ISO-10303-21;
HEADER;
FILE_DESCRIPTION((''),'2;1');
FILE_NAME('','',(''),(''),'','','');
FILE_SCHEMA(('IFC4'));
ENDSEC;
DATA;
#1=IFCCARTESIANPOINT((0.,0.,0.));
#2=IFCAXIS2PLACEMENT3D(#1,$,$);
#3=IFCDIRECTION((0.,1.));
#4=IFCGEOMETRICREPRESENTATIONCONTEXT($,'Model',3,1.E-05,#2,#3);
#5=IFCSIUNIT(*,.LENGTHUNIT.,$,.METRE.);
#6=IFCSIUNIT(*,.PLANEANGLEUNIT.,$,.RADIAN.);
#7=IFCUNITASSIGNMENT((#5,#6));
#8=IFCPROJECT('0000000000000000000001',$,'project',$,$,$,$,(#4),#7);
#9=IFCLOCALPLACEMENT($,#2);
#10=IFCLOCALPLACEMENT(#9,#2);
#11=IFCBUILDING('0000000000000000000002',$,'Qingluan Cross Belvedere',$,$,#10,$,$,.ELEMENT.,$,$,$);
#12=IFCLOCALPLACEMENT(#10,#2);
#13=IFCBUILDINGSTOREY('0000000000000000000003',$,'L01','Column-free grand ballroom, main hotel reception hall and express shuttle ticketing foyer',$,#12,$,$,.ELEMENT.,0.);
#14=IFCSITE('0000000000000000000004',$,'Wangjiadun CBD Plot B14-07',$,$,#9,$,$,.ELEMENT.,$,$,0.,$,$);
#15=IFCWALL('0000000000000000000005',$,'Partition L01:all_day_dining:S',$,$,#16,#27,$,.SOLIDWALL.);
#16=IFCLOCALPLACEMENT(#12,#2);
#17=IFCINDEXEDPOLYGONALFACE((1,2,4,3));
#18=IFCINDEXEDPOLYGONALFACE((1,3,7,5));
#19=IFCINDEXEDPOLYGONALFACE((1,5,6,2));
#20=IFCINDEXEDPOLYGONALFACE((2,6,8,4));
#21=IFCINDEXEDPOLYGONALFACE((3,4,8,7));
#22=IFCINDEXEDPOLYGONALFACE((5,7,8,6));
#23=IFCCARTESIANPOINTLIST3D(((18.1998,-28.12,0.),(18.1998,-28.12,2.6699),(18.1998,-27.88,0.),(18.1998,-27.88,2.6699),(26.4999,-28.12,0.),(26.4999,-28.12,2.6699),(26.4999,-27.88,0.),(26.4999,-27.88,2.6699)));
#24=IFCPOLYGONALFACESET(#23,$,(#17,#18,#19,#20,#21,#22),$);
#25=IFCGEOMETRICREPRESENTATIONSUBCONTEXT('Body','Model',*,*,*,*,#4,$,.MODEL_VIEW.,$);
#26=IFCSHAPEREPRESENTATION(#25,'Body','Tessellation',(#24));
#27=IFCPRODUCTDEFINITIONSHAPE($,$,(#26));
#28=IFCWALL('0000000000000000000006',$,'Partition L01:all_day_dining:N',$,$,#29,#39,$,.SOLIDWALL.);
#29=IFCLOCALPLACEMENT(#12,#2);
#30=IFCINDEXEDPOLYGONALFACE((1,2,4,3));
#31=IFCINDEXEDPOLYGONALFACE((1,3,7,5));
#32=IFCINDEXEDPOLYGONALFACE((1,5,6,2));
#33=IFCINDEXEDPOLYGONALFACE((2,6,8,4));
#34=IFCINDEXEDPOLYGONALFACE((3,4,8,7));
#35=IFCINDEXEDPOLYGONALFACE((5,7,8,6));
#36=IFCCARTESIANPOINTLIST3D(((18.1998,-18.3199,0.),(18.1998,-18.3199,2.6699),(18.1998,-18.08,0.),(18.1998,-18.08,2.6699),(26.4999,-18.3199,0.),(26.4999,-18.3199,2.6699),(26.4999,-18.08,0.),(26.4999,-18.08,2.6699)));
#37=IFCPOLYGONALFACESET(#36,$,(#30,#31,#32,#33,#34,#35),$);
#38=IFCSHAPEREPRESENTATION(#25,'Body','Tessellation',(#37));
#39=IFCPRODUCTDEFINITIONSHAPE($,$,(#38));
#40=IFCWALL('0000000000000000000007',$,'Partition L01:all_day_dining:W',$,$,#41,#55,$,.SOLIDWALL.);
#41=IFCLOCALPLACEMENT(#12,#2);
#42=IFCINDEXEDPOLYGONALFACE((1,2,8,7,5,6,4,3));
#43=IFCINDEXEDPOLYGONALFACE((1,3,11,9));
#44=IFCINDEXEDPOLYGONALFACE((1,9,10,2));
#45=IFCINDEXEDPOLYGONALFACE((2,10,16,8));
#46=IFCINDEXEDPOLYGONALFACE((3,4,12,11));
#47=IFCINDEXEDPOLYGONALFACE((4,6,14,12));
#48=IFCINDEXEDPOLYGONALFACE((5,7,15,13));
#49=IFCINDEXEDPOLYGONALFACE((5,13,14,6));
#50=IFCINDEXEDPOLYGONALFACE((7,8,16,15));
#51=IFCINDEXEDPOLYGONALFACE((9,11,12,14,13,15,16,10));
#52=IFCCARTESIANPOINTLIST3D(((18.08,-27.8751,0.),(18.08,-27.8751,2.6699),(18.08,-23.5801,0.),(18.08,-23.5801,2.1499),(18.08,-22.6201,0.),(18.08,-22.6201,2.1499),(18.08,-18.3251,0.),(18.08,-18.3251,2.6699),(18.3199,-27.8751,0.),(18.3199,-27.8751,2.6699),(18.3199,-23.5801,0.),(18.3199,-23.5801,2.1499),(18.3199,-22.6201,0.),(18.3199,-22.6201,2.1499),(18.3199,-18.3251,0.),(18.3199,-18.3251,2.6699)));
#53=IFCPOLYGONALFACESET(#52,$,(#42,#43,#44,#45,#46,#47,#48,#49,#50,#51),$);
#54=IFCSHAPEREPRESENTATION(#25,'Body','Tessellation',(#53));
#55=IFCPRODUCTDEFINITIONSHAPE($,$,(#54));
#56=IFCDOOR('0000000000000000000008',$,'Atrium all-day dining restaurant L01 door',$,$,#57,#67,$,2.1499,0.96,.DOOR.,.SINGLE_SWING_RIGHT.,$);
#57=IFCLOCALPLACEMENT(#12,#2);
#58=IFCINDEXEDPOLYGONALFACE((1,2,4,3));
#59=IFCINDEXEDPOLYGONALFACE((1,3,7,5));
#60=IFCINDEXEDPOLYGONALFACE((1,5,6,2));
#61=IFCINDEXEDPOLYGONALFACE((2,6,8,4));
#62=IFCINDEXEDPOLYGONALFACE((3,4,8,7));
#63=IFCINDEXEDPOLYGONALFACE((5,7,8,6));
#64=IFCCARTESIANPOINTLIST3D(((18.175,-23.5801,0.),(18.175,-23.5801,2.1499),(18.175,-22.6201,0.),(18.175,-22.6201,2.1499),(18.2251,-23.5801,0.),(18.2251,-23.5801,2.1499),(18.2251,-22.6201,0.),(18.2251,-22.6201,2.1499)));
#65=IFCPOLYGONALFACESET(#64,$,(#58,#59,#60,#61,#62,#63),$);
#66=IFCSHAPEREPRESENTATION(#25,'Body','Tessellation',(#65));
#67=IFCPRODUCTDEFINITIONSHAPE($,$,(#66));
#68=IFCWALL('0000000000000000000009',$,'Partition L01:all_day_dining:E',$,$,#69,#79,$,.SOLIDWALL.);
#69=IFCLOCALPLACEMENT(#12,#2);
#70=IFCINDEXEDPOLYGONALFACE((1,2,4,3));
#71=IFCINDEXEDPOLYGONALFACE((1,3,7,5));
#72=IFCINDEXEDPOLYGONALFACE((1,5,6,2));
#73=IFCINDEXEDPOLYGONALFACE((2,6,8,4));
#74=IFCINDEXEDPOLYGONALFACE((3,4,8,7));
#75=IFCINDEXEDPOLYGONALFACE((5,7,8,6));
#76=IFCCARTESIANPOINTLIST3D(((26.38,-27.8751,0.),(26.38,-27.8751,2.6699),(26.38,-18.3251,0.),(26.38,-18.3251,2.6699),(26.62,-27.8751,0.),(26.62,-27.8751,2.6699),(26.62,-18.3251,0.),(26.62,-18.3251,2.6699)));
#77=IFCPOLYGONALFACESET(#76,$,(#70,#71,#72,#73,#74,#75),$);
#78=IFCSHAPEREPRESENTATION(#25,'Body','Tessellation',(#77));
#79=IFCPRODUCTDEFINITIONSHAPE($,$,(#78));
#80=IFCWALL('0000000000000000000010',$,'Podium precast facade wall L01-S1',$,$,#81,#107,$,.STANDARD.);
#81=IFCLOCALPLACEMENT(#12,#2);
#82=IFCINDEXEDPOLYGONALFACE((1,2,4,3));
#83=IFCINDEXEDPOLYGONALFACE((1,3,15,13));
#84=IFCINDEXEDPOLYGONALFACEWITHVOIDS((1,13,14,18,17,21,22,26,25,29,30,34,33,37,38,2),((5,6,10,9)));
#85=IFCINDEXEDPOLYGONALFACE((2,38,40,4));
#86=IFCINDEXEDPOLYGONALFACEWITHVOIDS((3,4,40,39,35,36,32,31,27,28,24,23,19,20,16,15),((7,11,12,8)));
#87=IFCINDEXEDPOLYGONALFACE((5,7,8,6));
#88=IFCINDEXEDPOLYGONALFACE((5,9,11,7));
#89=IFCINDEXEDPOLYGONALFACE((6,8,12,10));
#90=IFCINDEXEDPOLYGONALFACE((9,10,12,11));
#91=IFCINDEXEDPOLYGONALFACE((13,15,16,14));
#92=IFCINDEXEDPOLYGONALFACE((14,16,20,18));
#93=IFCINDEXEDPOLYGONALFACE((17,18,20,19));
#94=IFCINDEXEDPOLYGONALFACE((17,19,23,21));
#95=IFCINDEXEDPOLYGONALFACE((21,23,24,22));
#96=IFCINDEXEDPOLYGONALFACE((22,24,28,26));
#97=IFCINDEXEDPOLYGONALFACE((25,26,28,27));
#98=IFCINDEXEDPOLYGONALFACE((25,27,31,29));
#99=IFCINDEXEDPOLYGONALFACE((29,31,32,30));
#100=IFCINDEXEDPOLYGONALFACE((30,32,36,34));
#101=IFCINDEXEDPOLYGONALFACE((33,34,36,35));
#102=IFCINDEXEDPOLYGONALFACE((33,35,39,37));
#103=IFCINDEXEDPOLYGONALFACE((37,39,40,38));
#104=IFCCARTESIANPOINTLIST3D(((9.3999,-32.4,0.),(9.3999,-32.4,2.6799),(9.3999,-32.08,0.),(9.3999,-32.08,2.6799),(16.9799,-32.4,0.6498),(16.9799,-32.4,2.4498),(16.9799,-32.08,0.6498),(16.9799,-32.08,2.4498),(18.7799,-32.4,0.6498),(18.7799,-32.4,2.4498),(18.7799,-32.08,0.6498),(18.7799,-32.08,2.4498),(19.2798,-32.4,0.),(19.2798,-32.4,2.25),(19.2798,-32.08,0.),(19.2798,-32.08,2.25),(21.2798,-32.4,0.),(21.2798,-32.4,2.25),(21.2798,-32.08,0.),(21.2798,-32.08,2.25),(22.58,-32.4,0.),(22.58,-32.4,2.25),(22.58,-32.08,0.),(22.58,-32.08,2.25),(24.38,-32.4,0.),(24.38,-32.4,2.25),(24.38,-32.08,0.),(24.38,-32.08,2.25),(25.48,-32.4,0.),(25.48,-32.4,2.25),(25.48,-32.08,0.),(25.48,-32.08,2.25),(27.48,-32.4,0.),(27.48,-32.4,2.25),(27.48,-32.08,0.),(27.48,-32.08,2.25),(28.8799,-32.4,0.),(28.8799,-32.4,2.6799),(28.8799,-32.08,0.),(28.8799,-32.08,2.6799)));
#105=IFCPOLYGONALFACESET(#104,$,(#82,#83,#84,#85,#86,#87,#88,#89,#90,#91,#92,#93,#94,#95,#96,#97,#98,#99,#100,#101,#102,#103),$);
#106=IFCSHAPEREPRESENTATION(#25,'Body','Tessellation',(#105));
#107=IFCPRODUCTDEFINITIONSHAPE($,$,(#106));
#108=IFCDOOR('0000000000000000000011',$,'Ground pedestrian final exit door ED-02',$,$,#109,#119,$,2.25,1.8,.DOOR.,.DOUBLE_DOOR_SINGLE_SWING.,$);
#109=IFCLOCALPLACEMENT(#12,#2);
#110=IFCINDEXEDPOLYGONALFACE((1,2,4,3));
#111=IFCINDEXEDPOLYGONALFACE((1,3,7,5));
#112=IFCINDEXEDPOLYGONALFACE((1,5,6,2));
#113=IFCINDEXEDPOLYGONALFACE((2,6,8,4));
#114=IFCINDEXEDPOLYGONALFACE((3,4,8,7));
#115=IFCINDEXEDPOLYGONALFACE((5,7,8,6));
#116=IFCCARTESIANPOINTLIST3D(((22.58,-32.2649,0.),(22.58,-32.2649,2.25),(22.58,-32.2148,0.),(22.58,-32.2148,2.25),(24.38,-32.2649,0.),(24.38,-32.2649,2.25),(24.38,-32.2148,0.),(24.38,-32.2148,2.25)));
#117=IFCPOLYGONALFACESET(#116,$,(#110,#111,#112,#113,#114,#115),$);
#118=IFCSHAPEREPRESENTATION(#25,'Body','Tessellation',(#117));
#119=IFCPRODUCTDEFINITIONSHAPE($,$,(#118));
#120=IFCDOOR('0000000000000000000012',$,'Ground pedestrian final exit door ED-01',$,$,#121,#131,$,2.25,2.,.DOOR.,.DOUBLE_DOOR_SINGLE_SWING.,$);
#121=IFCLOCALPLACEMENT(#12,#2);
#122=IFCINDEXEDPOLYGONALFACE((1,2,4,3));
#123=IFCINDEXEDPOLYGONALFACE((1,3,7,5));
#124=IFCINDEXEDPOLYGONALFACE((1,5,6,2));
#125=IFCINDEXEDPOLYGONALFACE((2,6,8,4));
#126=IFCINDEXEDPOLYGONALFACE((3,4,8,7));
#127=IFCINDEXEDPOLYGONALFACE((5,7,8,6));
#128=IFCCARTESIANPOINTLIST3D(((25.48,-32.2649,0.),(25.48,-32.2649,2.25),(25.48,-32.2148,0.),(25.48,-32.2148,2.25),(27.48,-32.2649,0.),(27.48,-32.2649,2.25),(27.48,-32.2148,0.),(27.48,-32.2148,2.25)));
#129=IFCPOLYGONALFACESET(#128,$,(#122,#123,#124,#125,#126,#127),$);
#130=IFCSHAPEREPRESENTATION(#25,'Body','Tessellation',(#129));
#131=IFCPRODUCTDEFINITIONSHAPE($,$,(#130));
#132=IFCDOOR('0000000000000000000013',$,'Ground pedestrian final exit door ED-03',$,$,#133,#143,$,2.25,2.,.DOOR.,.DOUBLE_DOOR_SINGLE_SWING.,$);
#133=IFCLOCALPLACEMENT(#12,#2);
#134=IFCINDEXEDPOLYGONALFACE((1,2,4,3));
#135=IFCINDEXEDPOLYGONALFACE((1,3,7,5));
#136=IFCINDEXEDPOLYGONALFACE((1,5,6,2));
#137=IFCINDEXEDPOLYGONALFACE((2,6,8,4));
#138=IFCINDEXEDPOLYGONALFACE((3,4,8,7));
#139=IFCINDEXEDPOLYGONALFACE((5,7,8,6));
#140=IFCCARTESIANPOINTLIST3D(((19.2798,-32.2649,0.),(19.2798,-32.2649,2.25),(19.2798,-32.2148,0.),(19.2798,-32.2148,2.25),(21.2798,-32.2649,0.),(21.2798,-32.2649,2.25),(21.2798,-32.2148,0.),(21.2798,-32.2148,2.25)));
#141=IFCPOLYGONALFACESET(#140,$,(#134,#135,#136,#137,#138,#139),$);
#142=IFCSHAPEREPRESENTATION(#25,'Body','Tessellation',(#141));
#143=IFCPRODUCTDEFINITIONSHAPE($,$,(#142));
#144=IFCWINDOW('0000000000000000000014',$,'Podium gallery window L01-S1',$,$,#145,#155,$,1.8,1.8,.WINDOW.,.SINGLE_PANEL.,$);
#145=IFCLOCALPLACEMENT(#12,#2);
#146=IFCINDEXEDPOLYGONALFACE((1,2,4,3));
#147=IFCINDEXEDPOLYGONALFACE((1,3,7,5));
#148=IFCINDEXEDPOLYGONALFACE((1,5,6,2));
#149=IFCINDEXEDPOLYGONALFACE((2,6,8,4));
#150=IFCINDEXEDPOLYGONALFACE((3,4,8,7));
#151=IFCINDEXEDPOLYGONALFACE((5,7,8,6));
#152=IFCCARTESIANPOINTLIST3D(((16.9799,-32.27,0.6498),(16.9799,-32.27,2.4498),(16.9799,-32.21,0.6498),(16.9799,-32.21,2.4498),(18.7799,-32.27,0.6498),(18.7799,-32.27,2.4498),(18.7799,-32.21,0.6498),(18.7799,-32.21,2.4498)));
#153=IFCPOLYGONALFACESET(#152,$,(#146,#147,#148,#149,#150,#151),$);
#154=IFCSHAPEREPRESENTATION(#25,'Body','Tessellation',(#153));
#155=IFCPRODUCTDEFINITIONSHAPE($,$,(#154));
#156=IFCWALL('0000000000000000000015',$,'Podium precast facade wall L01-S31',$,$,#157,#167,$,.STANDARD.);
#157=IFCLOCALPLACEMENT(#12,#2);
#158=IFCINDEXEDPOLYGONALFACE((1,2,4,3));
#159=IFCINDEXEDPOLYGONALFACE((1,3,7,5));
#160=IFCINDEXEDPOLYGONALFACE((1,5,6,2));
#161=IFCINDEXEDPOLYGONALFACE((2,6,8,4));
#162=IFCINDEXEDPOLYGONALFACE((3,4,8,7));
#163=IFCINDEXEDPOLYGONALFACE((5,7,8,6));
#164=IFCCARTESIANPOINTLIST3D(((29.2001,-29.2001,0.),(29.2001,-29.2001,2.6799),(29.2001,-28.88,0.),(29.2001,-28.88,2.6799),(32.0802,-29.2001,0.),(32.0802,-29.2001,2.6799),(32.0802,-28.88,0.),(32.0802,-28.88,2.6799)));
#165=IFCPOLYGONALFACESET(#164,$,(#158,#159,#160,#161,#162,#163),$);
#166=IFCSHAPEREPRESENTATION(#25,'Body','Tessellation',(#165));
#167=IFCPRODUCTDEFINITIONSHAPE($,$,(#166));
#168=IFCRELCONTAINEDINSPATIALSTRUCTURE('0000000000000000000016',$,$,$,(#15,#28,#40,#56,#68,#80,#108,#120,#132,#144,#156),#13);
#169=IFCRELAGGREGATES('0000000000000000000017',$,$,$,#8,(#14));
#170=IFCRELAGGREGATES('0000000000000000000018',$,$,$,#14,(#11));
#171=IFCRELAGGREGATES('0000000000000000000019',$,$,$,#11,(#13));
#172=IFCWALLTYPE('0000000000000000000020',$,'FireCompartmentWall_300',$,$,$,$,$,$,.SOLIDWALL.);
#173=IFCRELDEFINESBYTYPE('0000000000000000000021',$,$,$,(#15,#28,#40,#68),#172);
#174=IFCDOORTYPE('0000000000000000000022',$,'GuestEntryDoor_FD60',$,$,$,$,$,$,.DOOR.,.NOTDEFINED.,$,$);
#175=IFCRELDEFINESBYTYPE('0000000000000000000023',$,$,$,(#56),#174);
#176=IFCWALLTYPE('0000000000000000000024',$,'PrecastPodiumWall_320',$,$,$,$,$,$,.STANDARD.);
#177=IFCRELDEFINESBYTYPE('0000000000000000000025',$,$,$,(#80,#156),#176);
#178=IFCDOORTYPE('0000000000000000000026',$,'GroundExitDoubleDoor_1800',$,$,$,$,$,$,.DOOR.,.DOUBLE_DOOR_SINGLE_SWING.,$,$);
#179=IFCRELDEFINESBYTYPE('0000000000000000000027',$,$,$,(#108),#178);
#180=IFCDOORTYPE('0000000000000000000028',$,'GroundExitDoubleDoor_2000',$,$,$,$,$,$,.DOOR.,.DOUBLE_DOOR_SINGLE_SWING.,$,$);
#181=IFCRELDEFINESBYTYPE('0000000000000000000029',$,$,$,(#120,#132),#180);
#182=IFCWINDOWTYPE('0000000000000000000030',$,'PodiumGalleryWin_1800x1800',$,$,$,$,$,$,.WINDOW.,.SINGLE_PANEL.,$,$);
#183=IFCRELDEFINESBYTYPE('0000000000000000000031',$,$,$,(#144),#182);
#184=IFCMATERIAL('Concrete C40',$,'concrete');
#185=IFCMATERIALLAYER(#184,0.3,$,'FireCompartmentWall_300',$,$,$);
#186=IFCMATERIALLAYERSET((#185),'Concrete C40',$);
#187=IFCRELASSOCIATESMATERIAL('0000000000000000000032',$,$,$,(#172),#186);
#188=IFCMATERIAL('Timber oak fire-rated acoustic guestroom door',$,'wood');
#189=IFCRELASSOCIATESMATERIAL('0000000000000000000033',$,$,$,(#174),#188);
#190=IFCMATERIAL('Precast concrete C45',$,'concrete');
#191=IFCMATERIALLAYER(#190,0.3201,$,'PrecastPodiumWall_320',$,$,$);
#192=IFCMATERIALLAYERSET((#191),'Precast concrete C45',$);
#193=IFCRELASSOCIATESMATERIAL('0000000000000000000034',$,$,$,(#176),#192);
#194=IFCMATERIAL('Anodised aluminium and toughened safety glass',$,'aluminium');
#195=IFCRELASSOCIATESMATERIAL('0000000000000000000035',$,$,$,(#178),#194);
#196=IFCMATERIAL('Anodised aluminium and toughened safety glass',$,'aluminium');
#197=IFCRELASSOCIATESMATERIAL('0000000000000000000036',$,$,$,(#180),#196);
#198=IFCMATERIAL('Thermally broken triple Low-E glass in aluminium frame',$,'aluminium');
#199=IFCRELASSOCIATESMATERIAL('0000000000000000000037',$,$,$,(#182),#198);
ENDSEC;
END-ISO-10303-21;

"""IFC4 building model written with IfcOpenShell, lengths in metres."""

from ifc_helpers import new_model, si_unit, direction, frame, frame_2d, origin, place, context, subcontext, project, spatial, rectangle, extrude, material, layer, layer_set, type_object, element, fill, save


model = new_model("IFC4")

# Units and contexts
model_context = context("Model", 3, precision=1e-05, world=origin(), true_north=direction((0.0, 1.0)))
body_context = subcontext(model_context, "Body", "Model", "MODEL_VIEW")
ifc_project = project(units=[si_unit("LENGTHUNIT", "METRE"), si_unit("PLANEANGLEUNIT", "RADIAN")], contexts=[model_context])

# Site, building, storey
site_placement = place(None, origin())
site = spatial("IfcSite", under=ifc_project, at=site_placement, Name="Wangjiadun CBD Plot B14-07", CompositionType="ELEMENT", RefElevation=0.0)
building_placement = place(site_placement, origin())
building = spatial("IfcBuilding", under=site, at=building_placement, Name="Qingluan Cross Belvedere", CompositionType="ELEMENT")
storey_placement = place(building_placement, origin())
storey = spatial("IfcBuildingStorey", under=building, at=storey_placement, Name="L01", Description="Column-free grand ballroom, main hotel reception hall and express shuttle ticketing foyer", CompositionType="ELEMENT", Elevation=0.0)

# Walls
ifc_material_1 = material(Name="Concrete C40", Category="concrete")
ifc_layer_1 = layer(ifc_material_1, 0.3, Name="FireCompartmentWall_300")
ifc_layer_set_1 = layer_set([ifc_layer_1], Name="Concrete C40")
wall_type_1 = type_object("IfcWallType", Name="FireCompartmentWall_300", PredefinedType="SOLIDWALL", material=ifc_layer_set_1)
for number, where, z_axis, x_axis, name in (
    (1, (18.2, -28.0, 0.0), (0.0, 0.0, 1.0), (1.0, 0.0, 0.0), "Partition L01:all_day_dining:S"),
    (2, (18.2, -18.2, 0.0), (0.0, 0.0, 1.0), (1.0, 0.0, 0.0), "Partition L01:all_day_dining:N"),
):
    element("IfcWall", number, at=place(storey_placement, frame(where, z_axis=z_axis, x_axis=x_axis)), inside=storey, type_object=wall_type_1, Name=name, PredefinedType="SOLIDWALL", context=body_context, shape_type="SweptSolid", body=[
        extrude(rectangle(XDim=8.3, YDim=0.24, at=frame_2d((4.1499, 0.0))), origin(), (0.0, 0.0, 1.0), 2.6699),
    ])

# Wall, opening, door
wall_1_placement = place(storey_placement, frame((18.2, -27.875, 0.0), z_axis=(0.0, 0.0, 1.0), x_axis=(0.0, 1.0, 0.0)))
wall_1 = element("IfcWall", 3, at=wall_1_placement, inside=storey, type_object=wall_type_1, Name="Partition L01:all_day_dining:W", PredefinedType="SOLIDWALL", context=body_context, shape_type="SweptSolid", body=[
    extrude(rectangle(XDim=9.55, YDim=0.24, at=frame_2d((4.7749, 0.0))), origin(), (0.0, 0.0, 1.0), 2.6699),
])
opening_1_placement = place(wall_1_placement, frame((4.2949, 0.0, 0.0)))
opening_1 = element("IfcOpeningElement", 4, at=opening_1_placement, cuts=wall_1, PredefinedType="OPENING", context=body_context, shape_type="SweptSolid", body=[
    extrude(rectangle(XDim=0.96, YDim=2.1499, at=frame_2d((0.48, 1.075))), frame((0.0, 0.1299, 0.0), z_axis=(0.0, -1.0, 0.0), x_axis=(1.0, 0.0, 0.0)), (0.0, 0.0, 1.0), 0.26),
])
ifc_material_2 = material(Name="Timber oak fire-rated acoustic guestroom door", Category="wood")
door_type_1 = type_object("IfcDoorType", Name="GuestEntryDoor_FD60", OperationType="NOTDEFINED", PredefinedType="DOOR", material=ifc_material_2)
door_1_placement = place(opening_1_placement, origin())
door_1 = element("IfcDoor", 5, at=door_1_placement, inside=storey, type_object=door_type_1, Name="Atrium all-day dining restaurant L01 door", OperationType="SINGLE_SWING_RIGHT", OverallHeight=2.1499, OverallWidth=0.96, PredefinedType="DOOR", context=body_context, shape_type="SweptSolid", body=[
    extrude(rectangle(XDim=0.96, YDim=2.1499, at=frame_2d((0.48, 1.075))), frame((0.0, 0.0249, 0.0), z_axis=(0.0, -1.0, 0.0), x_axis=(1.0, 0.0, 0.0)), (0.0, 0.0, 1.0), 0.05),
])
fill(opening_1, door_1)

# Wall
wall_2_placement = place(storey_placement, frame((26.5, -27.875, 0.0), z_axis=(0.0, 0.0, 1.0), x_axis=(0.0, 1.0, 0.0)))
element("IfcWall", 6, at=wall_2_placement, inside=storey, type_object=wall_type_1, Name="Partition L01:all_day_dining:E", PredefinedType="SOLIDWALL", context=body_context, shape_type="SweptSolid", body=[
    extrude(rectangle(XDim=9.55, YDim=0.24, at=frame_2d((4.7749, 0.0))), origin(), (0.0, 0.0, 1.0), 2.6699),
])

# Wall, openings, doors, window
ifc_material_3 = material(Name="Precast concrete C45", Category="concrete")
ifc_layer_2 = layer(ifc_material_3, 0.3201, Name="PrecastPodiumWall_320")
ifc_layer_set_2 = layer_set([ifc_layer_2], Name="Precast concrete C45")
wall_type_2 = type_object("IfcWallType", Name="PrecastPodiumWall_320", PredefinedType="STANDARD", material=ifc_layer_set_2)
wall_3_placement = place(storey_placement, frame((28.8799, -32.24, 0.0), z_axis=(0.0, 0.0, 1.0), x_axis=(-1.0, 0.0, 0.0)))
wall_3 = element("IfcWall", 7, at=wall_3_placement, inside=storey, type_object=wall_type_2, Name="Podium precast facade wall L01-S1", PredefinedType="STANDARD", context=body_context, shape_type="SweptSolid", body=[
    extrude(rectangle(XDim=19.48, YDim=0.3201, at=frame_2d((9.74, 0.0))), origin(), (0.0, 0.0, 1.0), 2.6799),
])
opening_2_placement = place(wall_3_placement, frame((1.3999, 0.0, 0.0)))
opening_2 = element("IfcOpeningElement", 8, at=opening_2_placement, cuts=wall_3, PredefinedType="OPENING", context=body_context, shape_type="SweptSolid", body=[
    extrude(rectangle(XDim=2.0, YDim=2.25, at=frame_2d((1.0, 1.125))), frame((0.0, 0.1699, 0.0), z_axis=(0.0, -1.0, 0.0), x_axis=(1.0, 0.0, 0.0)), (0.0, 0.0, 1.0), 0.3401),
])
opening_3_placement = place(wall_3_placement, frame((4.5, 0.0, 0.0)))
opening_3 = element("IfcOpeningElement", 9, at=opening_3_placement, cuts=wall_3, PredefinedType="OPENING", context=body_context, shape_type="SweptSolid", body=[
    extrude(rectangle(XDim=1.8, YDim=2.25, at=frame_2d((0.8999, 1.125))), frame((0.0, 0.1699, 0.0), z_axis=(0.0, -1.0, 0.0), x_axis=(1.0, 0.0, 0.0)), (0.0, 0.0, 1.0), 0.3401),
])
opening_4_placement = place(wall_3_placement, frame((7.6001, 0.0, 0.0)))
opening_4 = element("IfcOpeningElement", 10, at=opening_4_placement, cuts=wall_3, PredefinedType="OPENING", context=body_context, shape_type="SweptSolid", body=[
    extrude(rectangle(XDim=2.0, YDim=2.25, at=frame_2d((1.0, 1.125))), frame((0.0, 0.1699, 0.0), z_axis=(0.0, -1.0, 0.0), x_axis=(1.0, 0.0, 0.0)), (0.0, 0.0, 1.0), 0.3401),
])
opening_5_placement = place(wall_3_placement, frame((10.1001, 0.0, 0.6499)))
opening_5 = element("IfcOpeningElement", 11, at=opening_5_placement, cuts=wall_3, PredefinedType="OPENING", context=body_context, shape_type="SweptSolid", body=[
    extrude(rectangle(XDim=1.8, YDim=1.8, at=frame_2d((0.8999, 0.8999))), frame((0.0, 0.1699, 0.0), z_axis=(0.0, -1.0, 0.0), x_axis=(1.0, 0.0, 0.0)), (0.0, 0.0, 1.0), 0.3401),
])
ifc_material_4 = material(Name="Anodised aluminium and toughened safety glass", Category="aluminium")
door_type_2 = type_object("IfcDoorType", Name="GroundExitDoubleDoor_1800", OperationType="DOUBLE_DOOR_SINGLE_SWING", PredefinedType="DOOR", material=ifc_material_4)
door_2_placement = place(opening_3_placement, origin())
door_2 = element("IfcDoor", 12, at=door_2_placement, inside=storey, type_object=door_type_2, Name="Ground pedestrian final exit door ED-02", OperationType="DOUBLE_DOOR_SINGLE_SWING", OverallHeight=2.25, OverallWidth=1.8, PredefinedType="DOOR", context=body_context, shape_type="SweptSolid", body=[
    extrude(rectangle(XDim=1.8, YDim=2.25, at=frame_2d((0.8999, 1.125))), frame((0.0, 0.0249, 0.0), z_axis=(0.0, -1.0, 0.0), x_axis=(1.0, 0.0, 0.0)), (0.0, 0.0, 1.0), 0.05),
])
fill(opening_3, door_2)
ifc_material_5 = material(Name="Anodised aluminium and toughened safety glass", Category="aluminium")
door_type_3 = type_object("IfcDoorType", Name="GroundExitDoubleDoor_2000", OperationType="DOUBLE_DOOR_SINGLE_SWING", PredefinedType="DOOR", material=ifc_material_5)
door_3_placement = place(opening_2_placement, origin())
door_3 = element("IfcDoor", 13, at=door_3_placement, inside=storey, type_object=door_type_3, Name="Ground pedestrian final exit door ED-01", OperationType="DOUBLE_DOOR_SINGLE_SWING", OverallHeight=2.25, OverallWidth=2.0, PredefinedType="DOOR", context=body_context, shape_type="SweptSolid", body=[
    extrude(rectangle(XDim=2.0, YDim=2.25, at=frame_2d((1.0, 1.125))), frame((0.0, 0.0249, 0.0), z_axis=(0.0, -1.0, 0.0), x_axis=(1.0, 0.0, 0.0)), (0.0, 0.0, 1.0), 0.05),
])
fill(opening_2, door_3)
door_4_placement = place(opening_4_placement, origin())
door_4 = element("IfcDoor", 14, at=door_4_placement, inside=storey, type_object=door_type_3, Name="Ground pedestrian final exit door ED-03", OperationType="DOUBLE_DOOR_SINGLE_SWING", OverallHeight=2.25, OverallWidth=2.0, PredefinedType="DOOR", context=body_context, shape_type="SweptSolid", body=[
    extrude(rectangle(XDim=2.0, YDim=2.25, at=frame_2d((1.0, 1.125))), frame((0.0, 0.0249, 0.0), z_axis=(0.0, -1.0, 0.0), x_axis=(1.0, 0.0, 0.0)), (0.0, 0.0, 1.0), 0.05),
])
fill(opening_4, door_4)
ifc_material_6 = material(Name="Thermally broken triple Low-E glass in aluminium frame", Category="aluminium")
window_type = type_object("IfcWindowType", Name="PodiumGalleryWin_1800x1800", PartitioningType="SINGLE_PANEL", PredefinedType="WINDOW", material=ifc_material_6)
window_1_placement = place(opening_5_placement, origin())
window_1 = element("IfcWindow", 15, at=window_1_placement, inside=storey, type_object=window_type, Name="Podium gallery window L01-S1", OverallHeight=1.8, OverallWidth=1.8, PartitioningType="SINGLE_PANEL", PredefinedType="WINDOW", context=body_context, shape_type="SweptSolid", body=[
    extrude(rectangle(XDim=1.8, YDim=1.8, at=frame_2d((0.8999, 0.8999))), frame((0.0, 0.03, 0.0), z_axis=(0.0, -1.0, 0.0), x_axis=(1.0, 0.0, 0.0)), (0.0, 0.0, 1.0), 0.0601),
])
fill(opening_5, window_1)

# Wall
wall_4_placement = place(storey_placement, frame((32.0801, -29.04, 0.0), z_axis=(0.0, 0.0, 1.0), x_axis=(-1.0, 0.0, 0.0)))
element("IfcWall", 16, at=wall_4_placement, inside=storey, type_object=wall_type_2, Name="Podium precast facade wall L01-S31", PredefinedType="STANDARD", context=body_context, shape_type="SweptSolid", body=[
    extrude(rectangle(XDim=2.8801, YDim=0.3201, at=frame_2d((1.4399, 0.0))), origin(), (0.0, 0.0, 1.0), 2.6799),
])

save(model, "model.ifc")
